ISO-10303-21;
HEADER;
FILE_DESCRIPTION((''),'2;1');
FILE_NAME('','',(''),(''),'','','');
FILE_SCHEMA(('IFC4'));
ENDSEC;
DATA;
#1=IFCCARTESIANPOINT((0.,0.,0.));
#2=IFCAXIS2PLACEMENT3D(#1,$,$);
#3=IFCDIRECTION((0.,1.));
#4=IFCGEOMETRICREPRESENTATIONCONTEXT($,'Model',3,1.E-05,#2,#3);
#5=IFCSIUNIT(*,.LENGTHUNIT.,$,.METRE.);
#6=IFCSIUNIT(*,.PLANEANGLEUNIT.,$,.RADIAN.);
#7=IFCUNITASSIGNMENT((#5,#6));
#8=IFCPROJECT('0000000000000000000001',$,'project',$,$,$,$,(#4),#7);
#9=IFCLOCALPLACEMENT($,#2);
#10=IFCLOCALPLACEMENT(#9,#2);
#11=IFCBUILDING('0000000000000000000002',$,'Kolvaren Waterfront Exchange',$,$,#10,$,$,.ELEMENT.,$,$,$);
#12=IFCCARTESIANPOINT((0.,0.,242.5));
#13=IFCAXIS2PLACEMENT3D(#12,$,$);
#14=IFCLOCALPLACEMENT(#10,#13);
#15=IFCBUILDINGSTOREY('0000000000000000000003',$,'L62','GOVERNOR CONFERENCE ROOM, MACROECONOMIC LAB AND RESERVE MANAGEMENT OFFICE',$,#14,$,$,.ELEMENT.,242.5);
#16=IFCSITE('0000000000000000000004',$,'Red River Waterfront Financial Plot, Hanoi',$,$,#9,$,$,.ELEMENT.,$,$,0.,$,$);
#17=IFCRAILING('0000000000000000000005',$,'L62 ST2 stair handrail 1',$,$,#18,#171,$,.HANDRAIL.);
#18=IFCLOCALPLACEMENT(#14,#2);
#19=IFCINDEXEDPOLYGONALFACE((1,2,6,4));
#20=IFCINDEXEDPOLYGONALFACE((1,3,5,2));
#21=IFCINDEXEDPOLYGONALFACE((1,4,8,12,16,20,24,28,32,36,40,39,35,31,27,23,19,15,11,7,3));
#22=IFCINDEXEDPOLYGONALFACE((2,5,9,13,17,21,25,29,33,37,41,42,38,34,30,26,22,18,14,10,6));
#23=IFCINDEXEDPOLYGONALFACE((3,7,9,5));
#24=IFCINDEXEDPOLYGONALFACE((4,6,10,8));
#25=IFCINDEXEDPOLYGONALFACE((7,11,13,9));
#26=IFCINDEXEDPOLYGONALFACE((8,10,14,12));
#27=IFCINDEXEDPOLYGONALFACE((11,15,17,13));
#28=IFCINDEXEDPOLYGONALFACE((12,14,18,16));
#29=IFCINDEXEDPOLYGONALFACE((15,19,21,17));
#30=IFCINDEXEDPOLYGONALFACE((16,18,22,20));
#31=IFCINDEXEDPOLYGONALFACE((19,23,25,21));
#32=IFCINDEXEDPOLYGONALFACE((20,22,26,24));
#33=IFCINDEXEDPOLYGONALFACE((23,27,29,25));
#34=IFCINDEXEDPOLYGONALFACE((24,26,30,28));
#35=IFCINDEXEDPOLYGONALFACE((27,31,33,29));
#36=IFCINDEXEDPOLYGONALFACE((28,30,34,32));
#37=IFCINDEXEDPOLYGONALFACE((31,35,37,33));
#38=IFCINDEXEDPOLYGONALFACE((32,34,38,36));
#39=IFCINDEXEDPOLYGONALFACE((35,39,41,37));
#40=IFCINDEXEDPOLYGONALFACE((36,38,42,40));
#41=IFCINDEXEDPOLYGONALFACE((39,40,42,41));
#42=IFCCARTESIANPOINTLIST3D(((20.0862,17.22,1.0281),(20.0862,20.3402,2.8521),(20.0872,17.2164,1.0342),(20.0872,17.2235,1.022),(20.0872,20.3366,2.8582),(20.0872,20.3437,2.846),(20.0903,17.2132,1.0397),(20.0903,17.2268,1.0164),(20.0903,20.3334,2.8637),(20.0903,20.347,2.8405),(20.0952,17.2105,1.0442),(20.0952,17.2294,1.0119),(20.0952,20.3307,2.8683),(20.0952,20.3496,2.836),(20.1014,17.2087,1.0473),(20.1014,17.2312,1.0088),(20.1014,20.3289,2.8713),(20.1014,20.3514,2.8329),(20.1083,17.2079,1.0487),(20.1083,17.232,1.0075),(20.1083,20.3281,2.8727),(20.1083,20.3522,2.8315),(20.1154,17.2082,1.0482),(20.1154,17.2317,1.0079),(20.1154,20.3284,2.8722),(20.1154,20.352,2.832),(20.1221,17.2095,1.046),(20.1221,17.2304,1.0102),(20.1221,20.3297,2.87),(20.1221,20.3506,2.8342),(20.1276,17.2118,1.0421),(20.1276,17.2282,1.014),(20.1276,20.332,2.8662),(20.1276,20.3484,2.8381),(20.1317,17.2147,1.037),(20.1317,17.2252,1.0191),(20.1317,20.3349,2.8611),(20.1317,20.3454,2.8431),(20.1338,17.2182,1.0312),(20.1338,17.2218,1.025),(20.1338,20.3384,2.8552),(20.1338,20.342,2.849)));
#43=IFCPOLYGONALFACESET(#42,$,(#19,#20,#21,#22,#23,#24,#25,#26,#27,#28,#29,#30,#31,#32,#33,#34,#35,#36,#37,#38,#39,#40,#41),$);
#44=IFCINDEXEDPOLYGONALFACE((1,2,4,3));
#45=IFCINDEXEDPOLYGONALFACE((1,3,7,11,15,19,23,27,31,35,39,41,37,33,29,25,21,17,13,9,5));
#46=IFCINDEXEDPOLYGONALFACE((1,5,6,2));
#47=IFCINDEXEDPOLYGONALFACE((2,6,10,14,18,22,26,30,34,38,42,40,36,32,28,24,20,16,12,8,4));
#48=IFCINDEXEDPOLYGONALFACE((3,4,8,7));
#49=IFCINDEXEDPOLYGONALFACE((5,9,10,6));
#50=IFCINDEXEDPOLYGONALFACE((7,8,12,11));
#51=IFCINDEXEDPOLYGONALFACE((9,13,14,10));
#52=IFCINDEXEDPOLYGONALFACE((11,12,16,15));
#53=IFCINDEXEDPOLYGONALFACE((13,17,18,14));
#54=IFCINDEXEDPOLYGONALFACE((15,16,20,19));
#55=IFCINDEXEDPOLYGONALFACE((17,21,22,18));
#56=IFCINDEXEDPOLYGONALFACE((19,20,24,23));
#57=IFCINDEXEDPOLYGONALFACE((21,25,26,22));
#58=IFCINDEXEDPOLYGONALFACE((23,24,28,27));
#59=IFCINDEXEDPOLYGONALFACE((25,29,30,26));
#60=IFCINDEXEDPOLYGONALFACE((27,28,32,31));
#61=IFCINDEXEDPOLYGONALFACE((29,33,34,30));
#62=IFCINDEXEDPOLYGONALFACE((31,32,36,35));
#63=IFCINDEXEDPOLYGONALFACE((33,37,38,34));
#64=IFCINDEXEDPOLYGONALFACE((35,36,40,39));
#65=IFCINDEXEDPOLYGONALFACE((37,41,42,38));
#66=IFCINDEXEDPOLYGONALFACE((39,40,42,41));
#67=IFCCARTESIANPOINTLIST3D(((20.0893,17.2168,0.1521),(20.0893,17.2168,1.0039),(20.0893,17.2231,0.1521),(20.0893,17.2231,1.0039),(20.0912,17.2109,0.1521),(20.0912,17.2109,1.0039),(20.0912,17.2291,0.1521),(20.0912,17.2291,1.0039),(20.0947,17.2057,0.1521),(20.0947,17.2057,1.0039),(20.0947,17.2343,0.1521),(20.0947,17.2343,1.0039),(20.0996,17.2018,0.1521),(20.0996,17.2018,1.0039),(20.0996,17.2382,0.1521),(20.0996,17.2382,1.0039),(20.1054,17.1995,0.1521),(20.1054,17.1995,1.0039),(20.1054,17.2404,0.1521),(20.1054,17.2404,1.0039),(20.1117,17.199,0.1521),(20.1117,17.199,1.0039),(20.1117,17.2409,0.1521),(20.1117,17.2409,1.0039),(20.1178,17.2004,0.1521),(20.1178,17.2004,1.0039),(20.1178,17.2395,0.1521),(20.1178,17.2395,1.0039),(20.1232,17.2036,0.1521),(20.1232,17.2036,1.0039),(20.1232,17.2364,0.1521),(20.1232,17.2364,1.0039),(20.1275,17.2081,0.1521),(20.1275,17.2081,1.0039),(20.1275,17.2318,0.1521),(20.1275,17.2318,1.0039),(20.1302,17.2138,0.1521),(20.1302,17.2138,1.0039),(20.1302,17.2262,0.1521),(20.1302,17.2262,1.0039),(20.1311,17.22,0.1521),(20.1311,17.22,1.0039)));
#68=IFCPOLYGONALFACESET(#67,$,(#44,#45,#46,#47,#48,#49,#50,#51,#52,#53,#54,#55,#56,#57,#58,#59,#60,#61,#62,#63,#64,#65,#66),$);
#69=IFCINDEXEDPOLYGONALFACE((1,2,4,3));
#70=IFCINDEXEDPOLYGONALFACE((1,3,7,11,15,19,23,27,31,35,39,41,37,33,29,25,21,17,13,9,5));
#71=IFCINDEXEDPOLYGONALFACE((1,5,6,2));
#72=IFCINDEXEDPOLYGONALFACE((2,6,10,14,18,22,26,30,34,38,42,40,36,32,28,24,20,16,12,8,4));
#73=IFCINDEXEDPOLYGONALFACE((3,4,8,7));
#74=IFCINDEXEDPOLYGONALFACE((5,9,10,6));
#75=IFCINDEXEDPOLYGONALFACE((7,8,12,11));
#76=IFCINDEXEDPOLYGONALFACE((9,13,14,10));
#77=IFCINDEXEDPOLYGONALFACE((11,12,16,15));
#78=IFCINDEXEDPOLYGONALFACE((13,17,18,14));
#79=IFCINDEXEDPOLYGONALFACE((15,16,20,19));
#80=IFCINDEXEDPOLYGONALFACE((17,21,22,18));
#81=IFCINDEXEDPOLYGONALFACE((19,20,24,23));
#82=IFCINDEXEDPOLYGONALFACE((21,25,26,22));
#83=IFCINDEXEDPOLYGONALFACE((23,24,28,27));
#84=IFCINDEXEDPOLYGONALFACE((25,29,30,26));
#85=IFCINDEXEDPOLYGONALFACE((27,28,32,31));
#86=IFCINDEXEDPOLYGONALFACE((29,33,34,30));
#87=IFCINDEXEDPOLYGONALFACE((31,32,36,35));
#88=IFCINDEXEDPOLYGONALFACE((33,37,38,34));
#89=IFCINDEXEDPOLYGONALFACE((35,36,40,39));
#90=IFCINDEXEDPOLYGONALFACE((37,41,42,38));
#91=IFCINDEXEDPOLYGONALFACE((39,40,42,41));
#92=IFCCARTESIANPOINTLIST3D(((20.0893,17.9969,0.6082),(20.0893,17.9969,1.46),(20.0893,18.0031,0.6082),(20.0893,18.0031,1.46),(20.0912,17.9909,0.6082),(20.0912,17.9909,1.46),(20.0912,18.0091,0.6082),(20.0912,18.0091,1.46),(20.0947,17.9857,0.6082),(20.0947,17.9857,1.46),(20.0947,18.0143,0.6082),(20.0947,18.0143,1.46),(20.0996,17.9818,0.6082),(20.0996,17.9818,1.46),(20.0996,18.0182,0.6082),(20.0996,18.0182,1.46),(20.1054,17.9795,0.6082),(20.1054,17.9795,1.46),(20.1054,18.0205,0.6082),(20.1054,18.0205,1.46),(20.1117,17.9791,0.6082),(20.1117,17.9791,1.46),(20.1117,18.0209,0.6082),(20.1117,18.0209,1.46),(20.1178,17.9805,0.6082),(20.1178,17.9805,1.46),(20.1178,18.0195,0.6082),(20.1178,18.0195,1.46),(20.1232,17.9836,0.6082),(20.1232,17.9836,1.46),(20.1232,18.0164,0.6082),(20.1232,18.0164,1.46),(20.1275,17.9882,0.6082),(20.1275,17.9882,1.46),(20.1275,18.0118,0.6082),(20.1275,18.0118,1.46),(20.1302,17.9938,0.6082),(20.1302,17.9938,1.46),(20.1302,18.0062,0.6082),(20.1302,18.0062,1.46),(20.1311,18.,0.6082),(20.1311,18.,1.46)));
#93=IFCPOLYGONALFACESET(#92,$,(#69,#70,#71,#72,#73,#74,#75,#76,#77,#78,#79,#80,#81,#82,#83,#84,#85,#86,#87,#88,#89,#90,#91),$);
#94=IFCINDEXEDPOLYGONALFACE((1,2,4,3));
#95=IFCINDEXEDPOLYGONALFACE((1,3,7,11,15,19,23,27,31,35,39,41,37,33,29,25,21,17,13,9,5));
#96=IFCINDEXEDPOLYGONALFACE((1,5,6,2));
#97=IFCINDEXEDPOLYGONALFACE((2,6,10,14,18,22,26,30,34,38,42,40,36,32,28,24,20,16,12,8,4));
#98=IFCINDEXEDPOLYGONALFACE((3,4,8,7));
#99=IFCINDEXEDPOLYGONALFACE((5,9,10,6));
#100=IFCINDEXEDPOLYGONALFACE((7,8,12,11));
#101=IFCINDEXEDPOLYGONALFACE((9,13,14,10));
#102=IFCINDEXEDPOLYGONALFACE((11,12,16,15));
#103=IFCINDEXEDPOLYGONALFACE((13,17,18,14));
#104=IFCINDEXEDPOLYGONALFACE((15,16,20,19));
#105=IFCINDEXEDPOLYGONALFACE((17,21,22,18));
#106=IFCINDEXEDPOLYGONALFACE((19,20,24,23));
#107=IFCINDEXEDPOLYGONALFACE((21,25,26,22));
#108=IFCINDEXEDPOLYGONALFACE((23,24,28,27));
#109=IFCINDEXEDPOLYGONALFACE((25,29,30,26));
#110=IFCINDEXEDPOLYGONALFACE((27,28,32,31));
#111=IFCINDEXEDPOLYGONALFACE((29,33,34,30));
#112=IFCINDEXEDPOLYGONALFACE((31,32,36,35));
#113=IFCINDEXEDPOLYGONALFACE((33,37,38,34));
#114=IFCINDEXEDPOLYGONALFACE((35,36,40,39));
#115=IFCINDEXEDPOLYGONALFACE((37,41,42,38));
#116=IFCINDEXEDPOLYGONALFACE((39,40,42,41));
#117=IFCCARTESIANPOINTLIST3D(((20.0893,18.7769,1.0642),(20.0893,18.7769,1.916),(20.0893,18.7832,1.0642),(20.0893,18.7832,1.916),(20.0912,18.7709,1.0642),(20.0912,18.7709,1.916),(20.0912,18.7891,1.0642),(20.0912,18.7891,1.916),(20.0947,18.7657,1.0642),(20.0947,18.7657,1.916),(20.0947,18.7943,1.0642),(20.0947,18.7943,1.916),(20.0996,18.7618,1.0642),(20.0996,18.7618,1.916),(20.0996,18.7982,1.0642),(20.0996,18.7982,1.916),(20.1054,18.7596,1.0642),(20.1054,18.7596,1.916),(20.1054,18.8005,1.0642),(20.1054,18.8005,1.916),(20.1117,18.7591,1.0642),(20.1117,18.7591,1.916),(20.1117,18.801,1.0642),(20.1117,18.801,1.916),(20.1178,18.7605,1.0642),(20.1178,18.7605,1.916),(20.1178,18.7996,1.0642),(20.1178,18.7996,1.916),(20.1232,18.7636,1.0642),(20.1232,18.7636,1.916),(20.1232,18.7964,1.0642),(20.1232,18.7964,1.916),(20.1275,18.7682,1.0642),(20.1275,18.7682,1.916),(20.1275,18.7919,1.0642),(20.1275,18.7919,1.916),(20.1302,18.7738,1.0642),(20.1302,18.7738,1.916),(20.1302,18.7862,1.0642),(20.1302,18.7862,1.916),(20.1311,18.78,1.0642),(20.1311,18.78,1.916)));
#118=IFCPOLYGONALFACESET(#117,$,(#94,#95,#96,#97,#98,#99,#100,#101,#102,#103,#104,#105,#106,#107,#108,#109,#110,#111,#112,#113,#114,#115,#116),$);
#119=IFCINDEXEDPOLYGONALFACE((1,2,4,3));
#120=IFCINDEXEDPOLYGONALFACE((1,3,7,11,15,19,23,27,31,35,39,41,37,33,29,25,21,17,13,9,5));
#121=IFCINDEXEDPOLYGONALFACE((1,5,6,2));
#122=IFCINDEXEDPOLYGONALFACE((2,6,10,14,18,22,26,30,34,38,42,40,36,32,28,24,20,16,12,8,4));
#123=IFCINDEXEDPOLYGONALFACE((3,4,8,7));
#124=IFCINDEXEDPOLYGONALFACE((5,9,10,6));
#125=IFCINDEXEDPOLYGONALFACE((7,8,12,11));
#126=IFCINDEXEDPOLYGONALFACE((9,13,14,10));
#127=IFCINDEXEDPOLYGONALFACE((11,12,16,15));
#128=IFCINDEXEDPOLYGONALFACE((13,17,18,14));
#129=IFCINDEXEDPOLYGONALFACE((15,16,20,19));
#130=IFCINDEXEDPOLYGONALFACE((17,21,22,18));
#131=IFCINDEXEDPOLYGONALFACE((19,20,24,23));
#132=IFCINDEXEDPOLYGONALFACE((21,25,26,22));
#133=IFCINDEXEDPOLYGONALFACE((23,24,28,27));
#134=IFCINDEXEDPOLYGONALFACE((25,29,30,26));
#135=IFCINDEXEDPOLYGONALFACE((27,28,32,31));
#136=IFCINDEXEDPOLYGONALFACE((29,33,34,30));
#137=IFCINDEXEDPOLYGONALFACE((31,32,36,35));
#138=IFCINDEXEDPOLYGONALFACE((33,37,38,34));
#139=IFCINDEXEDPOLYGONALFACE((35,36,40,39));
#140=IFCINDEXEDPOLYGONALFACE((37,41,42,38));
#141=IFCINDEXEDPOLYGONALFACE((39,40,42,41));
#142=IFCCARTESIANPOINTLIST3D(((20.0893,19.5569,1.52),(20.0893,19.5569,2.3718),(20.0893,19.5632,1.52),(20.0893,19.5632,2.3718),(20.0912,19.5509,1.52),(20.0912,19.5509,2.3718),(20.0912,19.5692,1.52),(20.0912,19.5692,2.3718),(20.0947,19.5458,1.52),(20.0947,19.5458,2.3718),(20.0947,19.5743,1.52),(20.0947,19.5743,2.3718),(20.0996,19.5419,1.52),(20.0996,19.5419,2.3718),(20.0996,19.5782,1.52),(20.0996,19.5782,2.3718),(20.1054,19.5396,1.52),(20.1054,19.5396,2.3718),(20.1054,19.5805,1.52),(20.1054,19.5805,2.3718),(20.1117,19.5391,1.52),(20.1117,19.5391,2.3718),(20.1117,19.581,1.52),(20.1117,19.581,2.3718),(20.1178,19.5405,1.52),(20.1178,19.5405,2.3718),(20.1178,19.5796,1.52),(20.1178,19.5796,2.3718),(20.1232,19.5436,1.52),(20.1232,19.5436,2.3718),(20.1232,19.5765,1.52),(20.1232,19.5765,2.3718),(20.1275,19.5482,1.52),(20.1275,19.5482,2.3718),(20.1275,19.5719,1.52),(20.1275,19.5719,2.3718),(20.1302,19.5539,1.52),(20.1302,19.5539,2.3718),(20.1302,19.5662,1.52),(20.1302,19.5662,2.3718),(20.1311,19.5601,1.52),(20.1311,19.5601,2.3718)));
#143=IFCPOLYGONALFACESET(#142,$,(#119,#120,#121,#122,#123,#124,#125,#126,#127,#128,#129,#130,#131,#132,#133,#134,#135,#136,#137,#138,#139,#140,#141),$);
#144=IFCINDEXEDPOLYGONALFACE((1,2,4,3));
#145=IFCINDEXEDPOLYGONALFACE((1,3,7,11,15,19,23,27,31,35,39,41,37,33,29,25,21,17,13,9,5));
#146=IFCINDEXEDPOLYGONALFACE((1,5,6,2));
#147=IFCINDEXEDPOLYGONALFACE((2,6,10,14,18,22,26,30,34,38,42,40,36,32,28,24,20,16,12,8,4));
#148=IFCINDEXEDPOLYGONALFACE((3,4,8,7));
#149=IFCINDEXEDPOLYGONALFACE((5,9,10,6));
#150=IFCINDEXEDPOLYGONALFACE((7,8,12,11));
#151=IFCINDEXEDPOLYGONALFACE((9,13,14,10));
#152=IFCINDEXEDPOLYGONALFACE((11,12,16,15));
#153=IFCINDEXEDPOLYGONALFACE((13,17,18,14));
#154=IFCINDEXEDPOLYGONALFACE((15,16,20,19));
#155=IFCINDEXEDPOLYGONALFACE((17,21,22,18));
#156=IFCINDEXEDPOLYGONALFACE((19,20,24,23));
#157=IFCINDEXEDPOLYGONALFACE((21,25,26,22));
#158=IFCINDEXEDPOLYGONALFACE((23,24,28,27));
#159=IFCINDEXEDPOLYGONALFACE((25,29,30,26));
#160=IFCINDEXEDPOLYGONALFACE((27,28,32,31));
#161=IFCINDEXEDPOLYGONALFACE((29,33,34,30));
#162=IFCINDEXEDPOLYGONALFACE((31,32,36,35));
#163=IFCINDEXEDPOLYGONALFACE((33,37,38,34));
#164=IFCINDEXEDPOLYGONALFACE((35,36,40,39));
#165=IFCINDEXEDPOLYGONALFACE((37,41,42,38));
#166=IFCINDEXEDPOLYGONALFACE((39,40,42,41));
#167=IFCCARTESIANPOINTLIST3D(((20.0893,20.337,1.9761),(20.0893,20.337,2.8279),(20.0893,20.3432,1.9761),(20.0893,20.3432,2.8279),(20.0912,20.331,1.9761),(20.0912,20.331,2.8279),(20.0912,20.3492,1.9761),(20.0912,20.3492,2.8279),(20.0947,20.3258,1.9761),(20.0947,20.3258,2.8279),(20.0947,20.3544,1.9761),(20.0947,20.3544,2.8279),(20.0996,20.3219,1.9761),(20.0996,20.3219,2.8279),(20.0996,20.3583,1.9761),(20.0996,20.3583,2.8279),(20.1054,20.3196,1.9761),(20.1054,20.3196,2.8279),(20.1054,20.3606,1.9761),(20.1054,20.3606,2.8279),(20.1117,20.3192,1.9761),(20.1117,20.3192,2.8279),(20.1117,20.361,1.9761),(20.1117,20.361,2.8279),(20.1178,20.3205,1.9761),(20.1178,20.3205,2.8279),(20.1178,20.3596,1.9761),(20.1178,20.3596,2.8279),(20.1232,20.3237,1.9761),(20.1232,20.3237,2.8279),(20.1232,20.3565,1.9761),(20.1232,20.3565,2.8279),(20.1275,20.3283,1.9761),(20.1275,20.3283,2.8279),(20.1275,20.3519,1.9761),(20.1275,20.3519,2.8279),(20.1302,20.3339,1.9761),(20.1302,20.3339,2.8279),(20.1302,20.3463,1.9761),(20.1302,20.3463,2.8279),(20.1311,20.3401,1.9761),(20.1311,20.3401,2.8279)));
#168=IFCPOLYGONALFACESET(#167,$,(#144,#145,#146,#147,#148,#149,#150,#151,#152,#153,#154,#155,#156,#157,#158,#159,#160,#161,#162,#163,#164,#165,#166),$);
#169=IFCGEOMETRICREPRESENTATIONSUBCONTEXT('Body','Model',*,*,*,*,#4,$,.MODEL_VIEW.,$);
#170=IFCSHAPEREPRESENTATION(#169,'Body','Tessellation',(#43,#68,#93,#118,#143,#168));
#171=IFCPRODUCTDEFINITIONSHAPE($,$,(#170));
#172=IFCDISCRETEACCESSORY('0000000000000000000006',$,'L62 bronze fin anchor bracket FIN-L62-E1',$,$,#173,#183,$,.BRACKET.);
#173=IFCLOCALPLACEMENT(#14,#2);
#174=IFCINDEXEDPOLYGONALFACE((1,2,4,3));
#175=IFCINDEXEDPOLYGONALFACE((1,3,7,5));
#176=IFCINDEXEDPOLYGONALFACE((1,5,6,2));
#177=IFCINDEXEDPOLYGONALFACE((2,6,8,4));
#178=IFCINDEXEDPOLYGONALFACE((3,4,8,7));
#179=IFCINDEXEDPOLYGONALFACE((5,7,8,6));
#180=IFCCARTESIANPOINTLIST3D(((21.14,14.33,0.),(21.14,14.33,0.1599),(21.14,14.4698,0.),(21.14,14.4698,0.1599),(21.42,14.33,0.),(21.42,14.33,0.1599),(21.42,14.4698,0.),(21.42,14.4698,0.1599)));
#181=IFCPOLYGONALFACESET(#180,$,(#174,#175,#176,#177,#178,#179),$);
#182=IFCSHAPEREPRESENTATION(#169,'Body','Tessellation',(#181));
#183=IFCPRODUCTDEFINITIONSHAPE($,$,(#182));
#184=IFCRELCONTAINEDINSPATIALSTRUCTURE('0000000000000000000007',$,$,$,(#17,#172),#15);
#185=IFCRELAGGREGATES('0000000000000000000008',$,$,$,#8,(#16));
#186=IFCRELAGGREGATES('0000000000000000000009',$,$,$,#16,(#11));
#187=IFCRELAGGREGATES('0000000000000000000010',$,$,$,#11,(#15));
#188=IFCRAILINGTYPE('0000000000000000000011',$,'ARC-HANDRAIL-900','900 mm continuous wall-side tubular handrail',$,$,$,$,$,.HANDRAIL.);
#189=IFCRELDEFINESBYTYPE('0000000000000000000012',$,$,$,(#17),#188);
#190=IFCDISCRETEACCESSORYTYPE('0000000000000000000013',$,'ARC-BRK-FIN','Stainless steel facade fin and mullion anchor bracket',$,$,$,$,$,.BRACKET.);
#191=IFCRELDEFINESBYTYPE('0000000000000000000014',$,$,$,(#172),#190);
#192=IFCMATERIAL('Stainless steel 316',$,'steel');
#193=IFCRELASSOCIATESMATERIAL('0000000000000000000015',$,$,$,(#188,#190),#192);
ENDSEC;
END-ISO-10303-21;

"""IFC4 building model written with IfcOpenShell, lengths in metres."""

from ifc_helpers import new_model, si_unit, direction, frame, origin, origin_with_axes, origin_2d, place, context, subcontext, project, spatial, rectangle, circle, extrude, source, transform, mapped, material, type_object, element, save


model = new_model("IFC4")

# Units and contexts
model_context = context("Model", 3, precision=1e-05, world=origin(), true_north=direction((0.0, 1.0)))
body_context = subcontext(model_context, "Body", "Model", "MODEL_VIEW")
ifc_project = project(units=[si_unit("LENGTHUNIT", "METRE"), si_unit("PLANEANGLEUNIT", "RADIAN")], contexts=[model_context])

# Site, building, storey
site_placement = place(None, origin())
site = spatial("IfcSite", under=ifc_project, at=site_placement, Name="Red River Waterfront Financial Plot, Hanoi", CompositionType="ELEMENT", RefElevation=0.0)
building_placement = place(site_placement, origin())
building = spatial("IfcBuilding", under=site, at=building_placement, Name="Kolvaren Waterfront Exchange", CompositionType="ELEMENT")
storey_placement = place(building_placement, frame((0.0, 0.0, 242.5)))
storey = spatial("IfcBuildingStorey", under=building, at=storey_placement, Name="L62", Description="GOVERNOR CONFERENCE ROOM, MACROECONOMIC LAB AND RESERVE MANAGEMENT OFFICE", CompositionType="ELEMENT", Elevation=242.5)

# Railing
ifc_material_1 = material(Name="Stainless steel 316", Category="steel")
railing_type_1 = type_object("IfcRailingType", Name="ARC-HANDRAIL-900", Description="900 mm continuous wall-side tubular handrail", PredefinedType="HANDRAIL", material=ifc_material_1)
railing_1_placement = place(storey_placement, frame((20.1101, 17.22, 0.1521)))
element("IfcRailing", 1, at=railing_1_placement, inside=storey, type_object=railing_type_1, Name="L62 ST2 stair handrail 1", PredefinedType="HANDRAIL", context=body_context, shape_type="SweptSolid", body=[
    extrude(circle(Radius=0.0239, at=origin_2d()), frame((0.0, 0.0, 0.876), z_axis=(0.0, 0.863308, 0.504677), x_axis=(-1.0, 0.0, 0.0)), (0.0, 0.0, 1.0), 3.6143),
    extrude(circle(Radius=0.021, at=origin_2d()), origin(), (0.0, 0.0, 1.0), 0.8518),
    extrude(circle(Radius=0.021, at=origin_2d()), frame((0.0, 0.78, 0.4561)), (0.0, 0.0, 1.0), 0.8518),
    extrude(circle(Radius=0.021, at=origin_2d()), frame((0.0, 1.5601, 0.9121)), (0.0, 0.0, 1.0), 0.8518),
    extrude(circle(Radius=0.021, at=origin_2d()), frame((0.0, 2.3401, 1.3679)), (0.0, 0.0, 1.0), 0.8518),
    extrude(circle(Radius=0.021, at=origin_2d()), frame((0.0, 3.1201, 1.824)), (0.0, 0.0, 1.0), 0.8518),
])

# Discrete accessory
discrete_accessory_type = type_object("IfcDiscreteAccessoryType", Name="ARC-BRK-FIN", Description="Stainless steel facade fin and mullion anchor bracket", PredefinedType="BRACKET", material=ifc_material_1)
shared_shape = source(origin_with_axes(), body_context, "Body", "SweptSolid", [
    extrude(rectangle(XDim=0.28, YDim=0.1399, at=origin_2d()), origin(), (0.0, 0.0, 1.0), 0.1599),
])
discrete_accessory_placement = place(storey_placement, frame((21.28, 14.3999, 0.0), z_axis=(0.0, 0.0, 1.0), x_axis=(1.0, 0.0, 0.0)))
element("IfcDiscreteAccessory", 2, at=discrete_accessory_placement, inside=storey, type_object=discrete_accessory_type, Name="L62 bronze fin anchor bracket FIN-L62-E1", PredefinedType="BRACKET", context=body_context, shape_type="MappedRepresentation", body=[
    mapped(shared_shape, transform((0.0, 0.0, 0.0), x_axis=(1.0, 0.0, 0.0), y_axis=(0.0, 1.0, 0.0), z_axis=(0.0, 0.0, 1.0), scale=1.0)),
])

save(model, "model.ifc")
